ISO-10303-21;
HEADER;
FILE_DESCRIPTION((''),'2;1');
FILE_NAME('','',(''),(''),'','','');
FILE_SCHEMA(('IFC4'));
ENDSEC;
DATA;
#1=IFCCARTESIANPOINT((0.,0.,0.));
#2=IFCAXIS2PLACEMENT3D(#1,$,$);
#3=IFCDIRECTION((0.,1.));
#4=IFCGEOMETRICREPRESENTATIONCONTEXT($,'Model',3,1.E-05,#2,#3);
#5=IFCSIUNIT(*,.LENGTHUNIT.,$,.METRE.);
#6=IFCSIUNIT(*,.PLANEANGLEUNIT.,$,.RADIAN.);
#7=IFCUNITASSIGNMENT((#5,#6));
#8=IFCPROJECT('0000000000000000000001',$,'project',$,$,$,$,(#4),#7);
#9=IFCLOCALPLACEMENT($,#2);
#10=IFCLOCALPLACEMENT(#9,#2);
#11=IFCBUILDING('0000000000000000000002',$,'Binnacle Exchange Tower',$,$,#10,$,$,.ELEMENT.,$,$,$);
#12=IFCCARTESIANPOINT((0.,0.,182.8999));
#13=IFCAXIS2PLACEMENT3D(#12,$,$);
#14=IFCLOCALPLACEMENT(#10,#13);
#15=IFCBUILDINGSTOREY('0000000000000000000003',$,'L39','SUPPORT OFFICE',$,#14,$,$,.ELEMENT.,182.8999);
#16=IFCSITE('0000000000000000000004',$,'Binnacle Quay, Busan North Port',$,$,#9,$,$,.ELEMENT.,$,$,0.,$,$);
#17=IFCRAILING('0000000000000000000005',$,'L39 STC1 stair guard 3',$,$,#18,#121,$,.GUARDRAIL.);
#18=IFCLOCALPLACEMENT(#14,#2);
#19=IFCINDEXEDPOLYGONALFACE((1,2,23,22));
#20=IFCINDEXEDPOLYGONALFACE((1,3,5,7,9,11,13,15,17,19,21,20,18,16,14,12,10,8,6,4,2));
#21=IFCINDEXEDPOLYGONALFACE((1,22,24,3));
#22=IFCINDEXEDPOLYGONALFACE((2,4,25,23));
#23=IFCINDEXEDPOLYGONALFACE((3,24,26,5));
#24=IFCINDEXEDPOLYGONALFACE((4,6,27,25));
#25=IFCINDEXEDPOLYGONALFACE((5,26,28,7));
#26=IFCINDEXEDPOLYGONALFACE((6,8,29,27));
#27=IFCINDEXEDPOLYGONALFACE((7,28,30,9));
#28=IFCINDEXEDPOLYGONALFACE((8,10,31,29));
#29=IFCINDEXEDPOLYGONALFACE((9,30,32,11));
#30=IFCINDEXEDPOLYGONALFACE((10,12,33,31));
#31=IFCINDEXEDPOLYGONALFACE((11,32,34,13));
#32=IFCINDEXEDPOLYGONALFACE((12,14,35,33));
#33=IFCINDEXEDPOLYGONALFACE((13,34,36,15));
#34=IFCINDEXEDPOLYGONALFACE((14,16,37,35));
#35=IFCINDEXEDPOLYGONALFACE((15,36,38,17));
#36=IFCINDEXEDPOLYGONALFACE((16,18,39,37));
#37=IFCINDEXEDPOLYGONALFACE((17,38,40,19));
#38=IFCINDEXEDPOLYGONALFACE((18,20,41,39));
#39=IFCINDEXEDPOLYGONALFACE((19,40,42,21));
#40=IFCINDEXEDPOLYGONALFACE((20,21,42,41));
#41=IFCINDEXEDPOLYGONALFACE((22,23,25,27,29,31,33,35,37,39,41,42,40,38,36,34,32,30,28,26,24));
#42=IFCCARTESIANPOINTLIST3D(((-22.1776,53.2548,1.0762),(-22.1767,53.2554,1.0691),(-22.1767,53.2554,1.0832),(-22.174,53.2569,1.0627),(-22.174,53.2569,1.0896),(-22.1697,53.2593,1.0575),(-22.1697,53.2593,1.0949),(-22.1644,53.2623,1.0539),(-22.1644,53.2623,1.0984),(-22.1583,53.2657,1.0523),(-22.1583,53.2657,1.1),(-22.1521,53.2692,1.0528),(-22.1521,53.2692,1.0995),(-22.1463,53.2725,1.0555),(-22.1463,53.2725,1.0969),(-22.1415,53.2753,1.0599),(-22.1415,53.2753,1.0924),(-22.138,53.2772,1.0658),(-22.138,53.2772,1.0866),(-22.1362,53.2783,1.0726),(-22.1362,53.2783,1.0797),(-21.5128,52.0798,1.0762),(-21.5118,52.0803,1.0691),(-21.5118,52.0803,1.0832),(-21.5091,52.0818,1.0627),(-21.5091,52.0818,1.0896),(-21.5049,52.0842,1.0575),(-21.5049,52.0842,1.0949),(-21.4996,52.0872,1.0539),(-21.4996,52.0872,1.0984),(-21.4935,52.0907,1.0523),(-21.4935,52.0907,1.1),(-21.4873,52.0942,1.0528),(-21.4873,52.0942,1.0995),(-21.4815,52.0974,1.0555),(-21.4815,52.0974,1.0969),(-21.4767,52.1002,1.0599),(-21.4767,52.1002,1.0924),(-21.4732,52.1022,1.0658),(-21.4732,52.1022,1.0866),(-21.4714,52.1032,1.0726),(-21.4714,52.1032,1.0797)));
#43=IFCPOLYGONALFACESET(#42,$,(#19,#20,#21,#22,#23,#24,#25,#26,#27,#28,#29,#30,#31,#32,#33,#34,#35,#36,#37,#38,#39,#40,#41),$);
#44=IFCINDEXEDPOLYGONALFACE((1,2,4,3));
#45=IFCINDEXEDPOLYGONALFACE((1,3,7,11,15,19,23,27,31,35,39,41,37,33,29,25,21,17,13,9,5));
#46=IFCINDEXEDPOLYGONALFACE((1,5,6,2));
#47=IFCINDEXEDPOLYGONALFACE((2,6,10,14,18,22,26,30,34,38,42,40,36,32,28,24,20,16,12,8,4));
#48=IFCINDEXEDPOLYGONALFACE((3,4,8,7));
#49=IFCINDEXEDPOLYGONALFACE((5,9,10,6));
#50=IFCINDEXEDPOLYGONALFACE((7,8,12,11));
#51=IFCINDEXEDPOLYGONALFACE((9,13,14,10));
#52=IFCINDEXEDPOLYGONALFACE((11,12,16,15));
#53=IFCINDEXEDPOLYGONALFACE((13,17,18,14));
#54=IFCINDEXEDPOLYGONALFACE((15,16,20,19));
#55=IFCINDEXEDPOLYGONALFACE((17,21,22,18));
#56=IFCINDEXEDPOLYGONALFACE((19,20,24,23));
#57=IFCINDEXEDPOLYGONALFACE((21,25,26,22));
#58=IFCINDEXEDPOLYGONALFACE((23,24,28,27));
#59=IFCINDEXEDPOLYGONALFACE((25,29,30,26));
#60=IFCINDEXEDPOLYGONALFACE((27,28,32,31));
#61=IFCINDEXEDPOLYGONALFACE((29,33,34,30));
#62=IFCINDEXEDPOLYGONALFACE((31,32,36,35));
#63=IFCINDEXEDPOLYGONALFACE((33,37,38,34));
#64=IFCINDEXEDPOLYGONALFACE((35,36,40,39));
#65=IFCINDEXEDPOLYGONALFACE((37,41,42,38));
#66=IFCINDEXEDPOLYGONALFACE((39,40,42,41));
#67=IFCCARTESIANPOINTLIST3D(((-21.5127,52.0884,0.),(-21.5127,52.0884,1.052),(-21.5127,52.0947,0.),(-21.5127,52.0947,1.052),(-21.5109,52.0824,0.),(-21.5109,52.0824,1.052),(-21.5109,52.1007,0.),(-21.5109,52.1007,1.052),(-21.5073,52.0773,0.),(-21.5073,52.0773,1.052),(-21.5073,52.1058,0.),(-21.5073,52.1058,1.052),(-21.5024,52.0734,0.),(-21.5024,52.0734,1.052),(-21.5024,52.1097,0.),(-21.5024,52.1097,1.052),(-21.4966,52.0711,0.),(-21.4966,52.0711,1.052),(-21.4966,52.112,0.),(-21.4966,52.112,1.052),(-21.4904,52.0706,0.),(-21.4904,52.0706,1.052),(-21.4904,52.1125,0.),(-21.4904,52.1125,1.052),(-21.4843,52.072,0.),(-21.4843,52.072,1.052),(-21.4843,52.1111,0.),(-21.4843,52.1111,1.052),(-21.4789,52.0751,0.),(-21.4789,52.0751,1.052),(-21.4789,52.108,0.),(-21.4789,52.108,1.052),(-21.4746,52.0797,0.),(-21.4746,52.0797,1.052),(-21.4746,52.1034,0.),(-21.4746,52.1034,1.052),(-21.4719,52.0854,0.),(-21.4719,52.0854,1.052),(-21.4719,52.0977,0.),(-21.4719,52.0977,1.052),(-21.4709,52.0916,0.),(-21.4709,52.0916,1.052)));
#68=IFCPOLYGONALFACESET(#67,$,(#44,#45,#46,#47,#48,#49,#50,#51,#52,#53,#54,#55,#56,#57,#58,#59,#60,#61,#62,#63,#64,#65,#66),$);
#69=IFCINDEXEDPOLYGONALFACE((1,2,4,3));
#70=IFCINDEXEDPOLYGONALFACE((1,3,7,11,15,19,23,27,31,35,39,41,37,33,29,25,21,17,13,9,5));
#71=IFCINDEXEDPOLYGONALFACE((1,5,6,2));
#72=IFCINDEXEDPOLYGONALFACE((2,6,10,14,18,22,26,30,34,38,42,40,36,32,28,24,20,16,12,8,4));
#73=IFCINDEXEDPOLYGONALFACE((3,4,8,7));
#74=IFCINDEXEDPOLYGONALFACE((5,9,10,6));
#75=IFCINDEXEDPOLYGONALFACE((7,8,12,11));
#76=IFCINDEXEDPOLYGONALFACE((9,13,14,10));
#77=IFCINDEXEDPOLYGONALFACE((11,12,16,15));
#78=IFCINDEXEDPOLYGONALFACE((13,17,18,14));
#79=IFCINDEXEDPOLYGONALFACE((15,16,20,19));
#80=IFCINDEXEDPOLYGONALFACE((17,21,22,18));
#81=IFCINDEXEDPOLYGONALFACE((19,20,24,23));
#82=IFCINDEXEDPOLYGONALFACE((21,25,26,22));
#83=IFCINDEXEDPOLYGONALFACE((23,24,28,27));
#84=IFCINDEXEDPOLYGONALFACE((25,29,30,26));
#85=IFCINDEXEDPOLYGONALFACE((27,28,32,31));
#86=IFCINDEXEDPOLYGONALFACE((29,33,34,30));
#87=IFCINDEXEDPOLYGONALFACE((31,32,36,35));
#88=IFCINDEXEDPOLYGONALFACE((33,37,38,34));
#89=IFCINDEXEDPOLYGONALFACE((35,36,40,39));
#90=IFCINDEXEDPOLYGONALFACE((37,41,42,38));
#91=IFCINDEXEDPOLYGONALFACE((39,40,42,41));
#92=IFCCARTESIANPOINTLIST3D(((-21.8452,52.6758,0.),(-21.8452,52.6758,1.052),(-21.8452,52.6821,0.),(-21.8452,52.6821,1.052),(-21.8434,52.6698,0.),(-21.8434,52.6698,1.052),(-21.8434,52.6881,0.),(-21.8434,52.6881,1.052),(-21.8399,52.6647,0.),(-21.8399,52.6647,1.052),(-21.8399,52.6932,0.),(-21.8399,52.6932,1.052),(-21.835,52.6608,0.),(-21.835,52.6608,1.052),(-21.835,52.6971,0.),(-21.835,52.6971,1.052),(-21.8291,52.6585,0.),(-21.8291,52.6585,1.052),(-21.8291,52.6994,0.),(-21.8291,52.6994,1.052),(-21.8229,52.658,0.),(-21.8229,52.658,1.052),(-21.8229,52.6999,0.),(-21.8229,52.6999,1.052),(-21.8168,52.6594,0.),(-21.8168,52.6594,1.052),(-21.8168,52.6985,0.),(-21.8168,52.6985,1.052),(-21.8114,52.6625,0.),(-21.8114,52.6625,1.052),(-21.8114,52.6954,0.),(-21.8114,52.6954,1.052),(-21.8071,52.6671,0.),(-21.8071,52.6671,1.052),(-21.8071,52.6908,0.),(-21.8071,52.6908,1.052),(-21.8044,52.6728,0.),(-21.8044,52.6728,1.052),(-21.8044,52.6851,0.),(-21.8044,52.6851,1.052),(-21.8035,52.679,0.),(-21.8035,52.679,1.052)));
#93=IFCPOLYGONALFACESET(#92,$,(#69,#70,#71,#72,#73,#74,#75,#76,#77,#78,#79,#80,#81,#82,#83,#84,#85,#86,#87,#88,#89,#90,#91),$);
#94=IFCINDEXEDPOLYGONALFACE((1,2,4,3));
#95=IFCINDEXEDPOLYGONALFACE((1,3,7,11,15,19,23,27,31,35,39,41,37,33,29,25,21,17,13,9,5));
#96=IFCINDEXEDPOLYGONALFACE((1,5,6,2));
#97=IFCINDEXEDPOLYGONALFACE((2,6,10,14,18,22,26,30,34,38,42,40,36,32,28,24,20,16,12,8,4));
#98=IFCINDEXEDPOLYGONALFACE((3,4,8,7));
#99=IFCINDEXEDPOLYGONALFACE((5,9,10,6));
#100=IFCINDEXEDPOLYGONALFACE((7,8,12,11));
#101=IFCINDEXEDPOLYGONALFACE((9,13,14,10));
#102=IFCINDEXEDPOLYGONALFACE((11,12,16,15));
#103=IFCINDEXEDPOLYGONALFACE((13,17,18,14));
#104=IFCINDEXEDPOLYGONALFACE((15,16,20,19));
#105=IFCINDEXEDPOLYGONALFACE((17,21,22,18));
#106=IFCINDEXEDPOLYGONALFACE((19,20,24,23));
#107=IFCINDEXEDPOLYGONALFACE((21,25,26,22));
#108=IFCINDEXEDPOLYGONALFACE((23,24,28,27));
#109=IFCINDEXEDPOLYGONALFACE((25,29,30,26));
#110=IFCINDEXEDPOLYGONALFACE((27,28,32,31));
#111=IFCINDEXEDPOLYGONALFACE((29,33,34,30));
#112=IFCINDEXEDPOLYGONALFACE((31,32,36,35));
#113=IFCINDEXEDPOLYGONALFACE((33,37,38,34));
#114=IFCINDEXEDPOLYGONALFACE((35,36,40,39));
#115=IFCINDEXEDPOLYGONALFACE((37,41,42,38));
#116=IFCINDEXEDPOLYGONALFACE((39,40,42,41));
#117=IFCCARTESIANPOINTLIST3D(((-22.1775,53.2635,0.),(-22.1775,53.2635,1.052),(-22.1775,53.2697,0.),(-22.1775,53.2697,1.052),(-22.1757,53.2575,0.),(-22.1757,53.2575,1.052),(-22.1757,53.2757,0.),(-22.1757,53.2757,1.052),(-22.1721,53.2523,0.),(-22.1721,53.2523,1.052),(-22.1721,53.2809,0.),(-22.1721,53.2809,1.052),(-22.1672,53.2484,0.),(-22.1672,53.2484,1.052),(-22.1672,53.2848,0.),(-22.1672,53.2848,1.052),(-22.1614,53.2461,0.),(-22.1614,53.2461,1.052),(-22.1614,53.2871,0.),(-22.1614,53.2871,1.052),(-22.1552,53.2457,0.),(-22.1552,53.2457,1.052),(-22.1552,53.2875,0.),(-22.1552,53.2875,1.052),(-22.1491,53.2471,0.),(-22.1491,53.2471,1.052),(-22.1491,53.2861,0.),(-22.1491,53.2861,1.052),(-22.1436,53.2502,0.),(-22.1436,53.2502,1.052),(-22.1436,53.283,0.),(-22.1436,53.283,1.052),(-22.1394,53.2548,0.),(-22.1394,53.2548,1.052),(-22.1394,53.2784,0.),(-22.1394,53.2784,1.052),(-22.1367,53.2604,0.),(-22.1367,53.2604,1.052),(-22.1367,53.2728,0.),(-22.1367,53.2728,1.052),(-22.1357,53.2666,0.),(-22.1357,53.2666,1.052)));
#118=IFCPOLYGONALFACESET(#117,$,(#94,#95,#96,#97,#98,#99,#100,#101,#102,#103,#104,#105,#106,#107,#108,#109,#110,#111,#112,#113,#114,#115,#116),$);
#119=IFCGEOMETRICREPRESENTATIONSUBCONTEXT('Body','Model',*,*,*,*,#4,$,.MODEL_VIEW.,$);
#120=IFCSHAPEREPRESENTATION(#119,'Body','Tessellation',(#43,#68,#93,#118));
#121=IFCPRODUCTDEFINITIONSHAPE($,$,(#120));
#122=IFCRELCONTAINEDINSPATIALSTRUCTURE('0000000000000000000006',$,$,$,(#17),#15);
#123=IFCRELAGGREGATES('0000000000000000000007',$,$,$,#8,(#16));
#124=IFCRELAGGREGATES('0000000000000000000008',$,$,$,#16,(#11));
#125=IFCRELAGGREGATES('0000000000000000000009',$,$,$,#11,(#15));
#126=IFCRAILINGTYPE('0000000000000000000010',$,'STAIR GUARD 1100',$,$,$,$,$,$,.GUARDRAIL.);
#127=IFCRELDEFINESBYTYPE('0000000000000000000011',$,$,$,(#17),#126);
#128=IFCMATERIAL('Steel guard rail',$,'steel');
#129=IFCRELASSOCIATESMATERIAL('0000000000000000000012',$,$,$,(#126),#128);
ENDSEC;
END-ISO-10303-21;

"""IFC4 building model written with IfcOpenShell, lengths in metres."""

from ifc_helpers import new_model, si_unit, direction, frame, origin, origin_2d, place, context, subcontext, project, spatial, circle, extrude, material, type_object, element, save


model = new_model("IFC4")

# Units and contexts
model_context = context("Model", 3, precision=1e-05, world=origin(), true_north=direction((0.0, 1.0)))
body_context = subcontext(model_context, "Body", "Model", "MODEL_VIEW")
ifc_project = project(units=[si_unit("LENGTHUNIT", "METRE"), si_unit("PLANEANGLEUNIT", "RADIAN")], contexts=[model_context])

# Site, building, storey
site_placement = place(None, origin())
site = spatial("IfcSite", under=ifc_project, at=site_placement, Name="Binnacle Quay, Busan North Port", CompositionType="ELEMENT", RefElevation=0.0)
building_placement = place(site_placement, origin())
building = spatial("IfcBuilding", under=site, at=building_placement, Name="Binnacle Exchange Tower", CompositionType="ELEMENT")
storey_placement = place(building_placement, frame((0.0, 0.0, 182.8999)))
storey = spatial("IfcBuildingStorey", under=building, at=storey_placement, Name="L39", Description="SUPPORT OFFICE", CompositionType="ELEMENT", Elevation=182.8999)

# Railing
ifc_material_1 = material(Name="Steel guard rail", Category="steel")
railing_type_1 = type_object("IfcRailingType", Name="STAIR GUARD 1100", PredefinedType="GUARDRAIL", material=ifc_material_1)
railing_1_placement = place(storey_placement, frame((-21.4919, 52.0916, 0.0)))
element("IfcRailing", 1, at=railing_1_placement, inside=storey, type_object=railing_type_1, Name="L39 STC1 stair guard 3", PredefinedType="GUARDRAIL", context=body_context, shape_type="SweptSolid", body=[
    extrude(circle(Radius=0.0239, at=origin_2d()), frame((0.0, 0.0, 1.0762), z_axis=(-0.492415, 0.870361, 0.0), x_axis=(-0.870361, -0.492415, 0.0)), (0.0, 0.0, 1.0), 1.3501),
    extrude(circle(Radius=0.021, at=origin_2d()), origin(), (0.0, 0.0, 1.0), 1.052),
    extrude(circle(Radius=0.021, at=origin_2d()), frame((-0.3325, 0.5874, 0.0)), (0.0, 0.0, 1.0), 1.052),
    extrude(circle(Radius=0.021, at=origin_2d()), frame((-0.6648, 1.175, 0.0)), (0.0, 0.0, 1.0), 1.052),
])

save(model, "model.ifc")
